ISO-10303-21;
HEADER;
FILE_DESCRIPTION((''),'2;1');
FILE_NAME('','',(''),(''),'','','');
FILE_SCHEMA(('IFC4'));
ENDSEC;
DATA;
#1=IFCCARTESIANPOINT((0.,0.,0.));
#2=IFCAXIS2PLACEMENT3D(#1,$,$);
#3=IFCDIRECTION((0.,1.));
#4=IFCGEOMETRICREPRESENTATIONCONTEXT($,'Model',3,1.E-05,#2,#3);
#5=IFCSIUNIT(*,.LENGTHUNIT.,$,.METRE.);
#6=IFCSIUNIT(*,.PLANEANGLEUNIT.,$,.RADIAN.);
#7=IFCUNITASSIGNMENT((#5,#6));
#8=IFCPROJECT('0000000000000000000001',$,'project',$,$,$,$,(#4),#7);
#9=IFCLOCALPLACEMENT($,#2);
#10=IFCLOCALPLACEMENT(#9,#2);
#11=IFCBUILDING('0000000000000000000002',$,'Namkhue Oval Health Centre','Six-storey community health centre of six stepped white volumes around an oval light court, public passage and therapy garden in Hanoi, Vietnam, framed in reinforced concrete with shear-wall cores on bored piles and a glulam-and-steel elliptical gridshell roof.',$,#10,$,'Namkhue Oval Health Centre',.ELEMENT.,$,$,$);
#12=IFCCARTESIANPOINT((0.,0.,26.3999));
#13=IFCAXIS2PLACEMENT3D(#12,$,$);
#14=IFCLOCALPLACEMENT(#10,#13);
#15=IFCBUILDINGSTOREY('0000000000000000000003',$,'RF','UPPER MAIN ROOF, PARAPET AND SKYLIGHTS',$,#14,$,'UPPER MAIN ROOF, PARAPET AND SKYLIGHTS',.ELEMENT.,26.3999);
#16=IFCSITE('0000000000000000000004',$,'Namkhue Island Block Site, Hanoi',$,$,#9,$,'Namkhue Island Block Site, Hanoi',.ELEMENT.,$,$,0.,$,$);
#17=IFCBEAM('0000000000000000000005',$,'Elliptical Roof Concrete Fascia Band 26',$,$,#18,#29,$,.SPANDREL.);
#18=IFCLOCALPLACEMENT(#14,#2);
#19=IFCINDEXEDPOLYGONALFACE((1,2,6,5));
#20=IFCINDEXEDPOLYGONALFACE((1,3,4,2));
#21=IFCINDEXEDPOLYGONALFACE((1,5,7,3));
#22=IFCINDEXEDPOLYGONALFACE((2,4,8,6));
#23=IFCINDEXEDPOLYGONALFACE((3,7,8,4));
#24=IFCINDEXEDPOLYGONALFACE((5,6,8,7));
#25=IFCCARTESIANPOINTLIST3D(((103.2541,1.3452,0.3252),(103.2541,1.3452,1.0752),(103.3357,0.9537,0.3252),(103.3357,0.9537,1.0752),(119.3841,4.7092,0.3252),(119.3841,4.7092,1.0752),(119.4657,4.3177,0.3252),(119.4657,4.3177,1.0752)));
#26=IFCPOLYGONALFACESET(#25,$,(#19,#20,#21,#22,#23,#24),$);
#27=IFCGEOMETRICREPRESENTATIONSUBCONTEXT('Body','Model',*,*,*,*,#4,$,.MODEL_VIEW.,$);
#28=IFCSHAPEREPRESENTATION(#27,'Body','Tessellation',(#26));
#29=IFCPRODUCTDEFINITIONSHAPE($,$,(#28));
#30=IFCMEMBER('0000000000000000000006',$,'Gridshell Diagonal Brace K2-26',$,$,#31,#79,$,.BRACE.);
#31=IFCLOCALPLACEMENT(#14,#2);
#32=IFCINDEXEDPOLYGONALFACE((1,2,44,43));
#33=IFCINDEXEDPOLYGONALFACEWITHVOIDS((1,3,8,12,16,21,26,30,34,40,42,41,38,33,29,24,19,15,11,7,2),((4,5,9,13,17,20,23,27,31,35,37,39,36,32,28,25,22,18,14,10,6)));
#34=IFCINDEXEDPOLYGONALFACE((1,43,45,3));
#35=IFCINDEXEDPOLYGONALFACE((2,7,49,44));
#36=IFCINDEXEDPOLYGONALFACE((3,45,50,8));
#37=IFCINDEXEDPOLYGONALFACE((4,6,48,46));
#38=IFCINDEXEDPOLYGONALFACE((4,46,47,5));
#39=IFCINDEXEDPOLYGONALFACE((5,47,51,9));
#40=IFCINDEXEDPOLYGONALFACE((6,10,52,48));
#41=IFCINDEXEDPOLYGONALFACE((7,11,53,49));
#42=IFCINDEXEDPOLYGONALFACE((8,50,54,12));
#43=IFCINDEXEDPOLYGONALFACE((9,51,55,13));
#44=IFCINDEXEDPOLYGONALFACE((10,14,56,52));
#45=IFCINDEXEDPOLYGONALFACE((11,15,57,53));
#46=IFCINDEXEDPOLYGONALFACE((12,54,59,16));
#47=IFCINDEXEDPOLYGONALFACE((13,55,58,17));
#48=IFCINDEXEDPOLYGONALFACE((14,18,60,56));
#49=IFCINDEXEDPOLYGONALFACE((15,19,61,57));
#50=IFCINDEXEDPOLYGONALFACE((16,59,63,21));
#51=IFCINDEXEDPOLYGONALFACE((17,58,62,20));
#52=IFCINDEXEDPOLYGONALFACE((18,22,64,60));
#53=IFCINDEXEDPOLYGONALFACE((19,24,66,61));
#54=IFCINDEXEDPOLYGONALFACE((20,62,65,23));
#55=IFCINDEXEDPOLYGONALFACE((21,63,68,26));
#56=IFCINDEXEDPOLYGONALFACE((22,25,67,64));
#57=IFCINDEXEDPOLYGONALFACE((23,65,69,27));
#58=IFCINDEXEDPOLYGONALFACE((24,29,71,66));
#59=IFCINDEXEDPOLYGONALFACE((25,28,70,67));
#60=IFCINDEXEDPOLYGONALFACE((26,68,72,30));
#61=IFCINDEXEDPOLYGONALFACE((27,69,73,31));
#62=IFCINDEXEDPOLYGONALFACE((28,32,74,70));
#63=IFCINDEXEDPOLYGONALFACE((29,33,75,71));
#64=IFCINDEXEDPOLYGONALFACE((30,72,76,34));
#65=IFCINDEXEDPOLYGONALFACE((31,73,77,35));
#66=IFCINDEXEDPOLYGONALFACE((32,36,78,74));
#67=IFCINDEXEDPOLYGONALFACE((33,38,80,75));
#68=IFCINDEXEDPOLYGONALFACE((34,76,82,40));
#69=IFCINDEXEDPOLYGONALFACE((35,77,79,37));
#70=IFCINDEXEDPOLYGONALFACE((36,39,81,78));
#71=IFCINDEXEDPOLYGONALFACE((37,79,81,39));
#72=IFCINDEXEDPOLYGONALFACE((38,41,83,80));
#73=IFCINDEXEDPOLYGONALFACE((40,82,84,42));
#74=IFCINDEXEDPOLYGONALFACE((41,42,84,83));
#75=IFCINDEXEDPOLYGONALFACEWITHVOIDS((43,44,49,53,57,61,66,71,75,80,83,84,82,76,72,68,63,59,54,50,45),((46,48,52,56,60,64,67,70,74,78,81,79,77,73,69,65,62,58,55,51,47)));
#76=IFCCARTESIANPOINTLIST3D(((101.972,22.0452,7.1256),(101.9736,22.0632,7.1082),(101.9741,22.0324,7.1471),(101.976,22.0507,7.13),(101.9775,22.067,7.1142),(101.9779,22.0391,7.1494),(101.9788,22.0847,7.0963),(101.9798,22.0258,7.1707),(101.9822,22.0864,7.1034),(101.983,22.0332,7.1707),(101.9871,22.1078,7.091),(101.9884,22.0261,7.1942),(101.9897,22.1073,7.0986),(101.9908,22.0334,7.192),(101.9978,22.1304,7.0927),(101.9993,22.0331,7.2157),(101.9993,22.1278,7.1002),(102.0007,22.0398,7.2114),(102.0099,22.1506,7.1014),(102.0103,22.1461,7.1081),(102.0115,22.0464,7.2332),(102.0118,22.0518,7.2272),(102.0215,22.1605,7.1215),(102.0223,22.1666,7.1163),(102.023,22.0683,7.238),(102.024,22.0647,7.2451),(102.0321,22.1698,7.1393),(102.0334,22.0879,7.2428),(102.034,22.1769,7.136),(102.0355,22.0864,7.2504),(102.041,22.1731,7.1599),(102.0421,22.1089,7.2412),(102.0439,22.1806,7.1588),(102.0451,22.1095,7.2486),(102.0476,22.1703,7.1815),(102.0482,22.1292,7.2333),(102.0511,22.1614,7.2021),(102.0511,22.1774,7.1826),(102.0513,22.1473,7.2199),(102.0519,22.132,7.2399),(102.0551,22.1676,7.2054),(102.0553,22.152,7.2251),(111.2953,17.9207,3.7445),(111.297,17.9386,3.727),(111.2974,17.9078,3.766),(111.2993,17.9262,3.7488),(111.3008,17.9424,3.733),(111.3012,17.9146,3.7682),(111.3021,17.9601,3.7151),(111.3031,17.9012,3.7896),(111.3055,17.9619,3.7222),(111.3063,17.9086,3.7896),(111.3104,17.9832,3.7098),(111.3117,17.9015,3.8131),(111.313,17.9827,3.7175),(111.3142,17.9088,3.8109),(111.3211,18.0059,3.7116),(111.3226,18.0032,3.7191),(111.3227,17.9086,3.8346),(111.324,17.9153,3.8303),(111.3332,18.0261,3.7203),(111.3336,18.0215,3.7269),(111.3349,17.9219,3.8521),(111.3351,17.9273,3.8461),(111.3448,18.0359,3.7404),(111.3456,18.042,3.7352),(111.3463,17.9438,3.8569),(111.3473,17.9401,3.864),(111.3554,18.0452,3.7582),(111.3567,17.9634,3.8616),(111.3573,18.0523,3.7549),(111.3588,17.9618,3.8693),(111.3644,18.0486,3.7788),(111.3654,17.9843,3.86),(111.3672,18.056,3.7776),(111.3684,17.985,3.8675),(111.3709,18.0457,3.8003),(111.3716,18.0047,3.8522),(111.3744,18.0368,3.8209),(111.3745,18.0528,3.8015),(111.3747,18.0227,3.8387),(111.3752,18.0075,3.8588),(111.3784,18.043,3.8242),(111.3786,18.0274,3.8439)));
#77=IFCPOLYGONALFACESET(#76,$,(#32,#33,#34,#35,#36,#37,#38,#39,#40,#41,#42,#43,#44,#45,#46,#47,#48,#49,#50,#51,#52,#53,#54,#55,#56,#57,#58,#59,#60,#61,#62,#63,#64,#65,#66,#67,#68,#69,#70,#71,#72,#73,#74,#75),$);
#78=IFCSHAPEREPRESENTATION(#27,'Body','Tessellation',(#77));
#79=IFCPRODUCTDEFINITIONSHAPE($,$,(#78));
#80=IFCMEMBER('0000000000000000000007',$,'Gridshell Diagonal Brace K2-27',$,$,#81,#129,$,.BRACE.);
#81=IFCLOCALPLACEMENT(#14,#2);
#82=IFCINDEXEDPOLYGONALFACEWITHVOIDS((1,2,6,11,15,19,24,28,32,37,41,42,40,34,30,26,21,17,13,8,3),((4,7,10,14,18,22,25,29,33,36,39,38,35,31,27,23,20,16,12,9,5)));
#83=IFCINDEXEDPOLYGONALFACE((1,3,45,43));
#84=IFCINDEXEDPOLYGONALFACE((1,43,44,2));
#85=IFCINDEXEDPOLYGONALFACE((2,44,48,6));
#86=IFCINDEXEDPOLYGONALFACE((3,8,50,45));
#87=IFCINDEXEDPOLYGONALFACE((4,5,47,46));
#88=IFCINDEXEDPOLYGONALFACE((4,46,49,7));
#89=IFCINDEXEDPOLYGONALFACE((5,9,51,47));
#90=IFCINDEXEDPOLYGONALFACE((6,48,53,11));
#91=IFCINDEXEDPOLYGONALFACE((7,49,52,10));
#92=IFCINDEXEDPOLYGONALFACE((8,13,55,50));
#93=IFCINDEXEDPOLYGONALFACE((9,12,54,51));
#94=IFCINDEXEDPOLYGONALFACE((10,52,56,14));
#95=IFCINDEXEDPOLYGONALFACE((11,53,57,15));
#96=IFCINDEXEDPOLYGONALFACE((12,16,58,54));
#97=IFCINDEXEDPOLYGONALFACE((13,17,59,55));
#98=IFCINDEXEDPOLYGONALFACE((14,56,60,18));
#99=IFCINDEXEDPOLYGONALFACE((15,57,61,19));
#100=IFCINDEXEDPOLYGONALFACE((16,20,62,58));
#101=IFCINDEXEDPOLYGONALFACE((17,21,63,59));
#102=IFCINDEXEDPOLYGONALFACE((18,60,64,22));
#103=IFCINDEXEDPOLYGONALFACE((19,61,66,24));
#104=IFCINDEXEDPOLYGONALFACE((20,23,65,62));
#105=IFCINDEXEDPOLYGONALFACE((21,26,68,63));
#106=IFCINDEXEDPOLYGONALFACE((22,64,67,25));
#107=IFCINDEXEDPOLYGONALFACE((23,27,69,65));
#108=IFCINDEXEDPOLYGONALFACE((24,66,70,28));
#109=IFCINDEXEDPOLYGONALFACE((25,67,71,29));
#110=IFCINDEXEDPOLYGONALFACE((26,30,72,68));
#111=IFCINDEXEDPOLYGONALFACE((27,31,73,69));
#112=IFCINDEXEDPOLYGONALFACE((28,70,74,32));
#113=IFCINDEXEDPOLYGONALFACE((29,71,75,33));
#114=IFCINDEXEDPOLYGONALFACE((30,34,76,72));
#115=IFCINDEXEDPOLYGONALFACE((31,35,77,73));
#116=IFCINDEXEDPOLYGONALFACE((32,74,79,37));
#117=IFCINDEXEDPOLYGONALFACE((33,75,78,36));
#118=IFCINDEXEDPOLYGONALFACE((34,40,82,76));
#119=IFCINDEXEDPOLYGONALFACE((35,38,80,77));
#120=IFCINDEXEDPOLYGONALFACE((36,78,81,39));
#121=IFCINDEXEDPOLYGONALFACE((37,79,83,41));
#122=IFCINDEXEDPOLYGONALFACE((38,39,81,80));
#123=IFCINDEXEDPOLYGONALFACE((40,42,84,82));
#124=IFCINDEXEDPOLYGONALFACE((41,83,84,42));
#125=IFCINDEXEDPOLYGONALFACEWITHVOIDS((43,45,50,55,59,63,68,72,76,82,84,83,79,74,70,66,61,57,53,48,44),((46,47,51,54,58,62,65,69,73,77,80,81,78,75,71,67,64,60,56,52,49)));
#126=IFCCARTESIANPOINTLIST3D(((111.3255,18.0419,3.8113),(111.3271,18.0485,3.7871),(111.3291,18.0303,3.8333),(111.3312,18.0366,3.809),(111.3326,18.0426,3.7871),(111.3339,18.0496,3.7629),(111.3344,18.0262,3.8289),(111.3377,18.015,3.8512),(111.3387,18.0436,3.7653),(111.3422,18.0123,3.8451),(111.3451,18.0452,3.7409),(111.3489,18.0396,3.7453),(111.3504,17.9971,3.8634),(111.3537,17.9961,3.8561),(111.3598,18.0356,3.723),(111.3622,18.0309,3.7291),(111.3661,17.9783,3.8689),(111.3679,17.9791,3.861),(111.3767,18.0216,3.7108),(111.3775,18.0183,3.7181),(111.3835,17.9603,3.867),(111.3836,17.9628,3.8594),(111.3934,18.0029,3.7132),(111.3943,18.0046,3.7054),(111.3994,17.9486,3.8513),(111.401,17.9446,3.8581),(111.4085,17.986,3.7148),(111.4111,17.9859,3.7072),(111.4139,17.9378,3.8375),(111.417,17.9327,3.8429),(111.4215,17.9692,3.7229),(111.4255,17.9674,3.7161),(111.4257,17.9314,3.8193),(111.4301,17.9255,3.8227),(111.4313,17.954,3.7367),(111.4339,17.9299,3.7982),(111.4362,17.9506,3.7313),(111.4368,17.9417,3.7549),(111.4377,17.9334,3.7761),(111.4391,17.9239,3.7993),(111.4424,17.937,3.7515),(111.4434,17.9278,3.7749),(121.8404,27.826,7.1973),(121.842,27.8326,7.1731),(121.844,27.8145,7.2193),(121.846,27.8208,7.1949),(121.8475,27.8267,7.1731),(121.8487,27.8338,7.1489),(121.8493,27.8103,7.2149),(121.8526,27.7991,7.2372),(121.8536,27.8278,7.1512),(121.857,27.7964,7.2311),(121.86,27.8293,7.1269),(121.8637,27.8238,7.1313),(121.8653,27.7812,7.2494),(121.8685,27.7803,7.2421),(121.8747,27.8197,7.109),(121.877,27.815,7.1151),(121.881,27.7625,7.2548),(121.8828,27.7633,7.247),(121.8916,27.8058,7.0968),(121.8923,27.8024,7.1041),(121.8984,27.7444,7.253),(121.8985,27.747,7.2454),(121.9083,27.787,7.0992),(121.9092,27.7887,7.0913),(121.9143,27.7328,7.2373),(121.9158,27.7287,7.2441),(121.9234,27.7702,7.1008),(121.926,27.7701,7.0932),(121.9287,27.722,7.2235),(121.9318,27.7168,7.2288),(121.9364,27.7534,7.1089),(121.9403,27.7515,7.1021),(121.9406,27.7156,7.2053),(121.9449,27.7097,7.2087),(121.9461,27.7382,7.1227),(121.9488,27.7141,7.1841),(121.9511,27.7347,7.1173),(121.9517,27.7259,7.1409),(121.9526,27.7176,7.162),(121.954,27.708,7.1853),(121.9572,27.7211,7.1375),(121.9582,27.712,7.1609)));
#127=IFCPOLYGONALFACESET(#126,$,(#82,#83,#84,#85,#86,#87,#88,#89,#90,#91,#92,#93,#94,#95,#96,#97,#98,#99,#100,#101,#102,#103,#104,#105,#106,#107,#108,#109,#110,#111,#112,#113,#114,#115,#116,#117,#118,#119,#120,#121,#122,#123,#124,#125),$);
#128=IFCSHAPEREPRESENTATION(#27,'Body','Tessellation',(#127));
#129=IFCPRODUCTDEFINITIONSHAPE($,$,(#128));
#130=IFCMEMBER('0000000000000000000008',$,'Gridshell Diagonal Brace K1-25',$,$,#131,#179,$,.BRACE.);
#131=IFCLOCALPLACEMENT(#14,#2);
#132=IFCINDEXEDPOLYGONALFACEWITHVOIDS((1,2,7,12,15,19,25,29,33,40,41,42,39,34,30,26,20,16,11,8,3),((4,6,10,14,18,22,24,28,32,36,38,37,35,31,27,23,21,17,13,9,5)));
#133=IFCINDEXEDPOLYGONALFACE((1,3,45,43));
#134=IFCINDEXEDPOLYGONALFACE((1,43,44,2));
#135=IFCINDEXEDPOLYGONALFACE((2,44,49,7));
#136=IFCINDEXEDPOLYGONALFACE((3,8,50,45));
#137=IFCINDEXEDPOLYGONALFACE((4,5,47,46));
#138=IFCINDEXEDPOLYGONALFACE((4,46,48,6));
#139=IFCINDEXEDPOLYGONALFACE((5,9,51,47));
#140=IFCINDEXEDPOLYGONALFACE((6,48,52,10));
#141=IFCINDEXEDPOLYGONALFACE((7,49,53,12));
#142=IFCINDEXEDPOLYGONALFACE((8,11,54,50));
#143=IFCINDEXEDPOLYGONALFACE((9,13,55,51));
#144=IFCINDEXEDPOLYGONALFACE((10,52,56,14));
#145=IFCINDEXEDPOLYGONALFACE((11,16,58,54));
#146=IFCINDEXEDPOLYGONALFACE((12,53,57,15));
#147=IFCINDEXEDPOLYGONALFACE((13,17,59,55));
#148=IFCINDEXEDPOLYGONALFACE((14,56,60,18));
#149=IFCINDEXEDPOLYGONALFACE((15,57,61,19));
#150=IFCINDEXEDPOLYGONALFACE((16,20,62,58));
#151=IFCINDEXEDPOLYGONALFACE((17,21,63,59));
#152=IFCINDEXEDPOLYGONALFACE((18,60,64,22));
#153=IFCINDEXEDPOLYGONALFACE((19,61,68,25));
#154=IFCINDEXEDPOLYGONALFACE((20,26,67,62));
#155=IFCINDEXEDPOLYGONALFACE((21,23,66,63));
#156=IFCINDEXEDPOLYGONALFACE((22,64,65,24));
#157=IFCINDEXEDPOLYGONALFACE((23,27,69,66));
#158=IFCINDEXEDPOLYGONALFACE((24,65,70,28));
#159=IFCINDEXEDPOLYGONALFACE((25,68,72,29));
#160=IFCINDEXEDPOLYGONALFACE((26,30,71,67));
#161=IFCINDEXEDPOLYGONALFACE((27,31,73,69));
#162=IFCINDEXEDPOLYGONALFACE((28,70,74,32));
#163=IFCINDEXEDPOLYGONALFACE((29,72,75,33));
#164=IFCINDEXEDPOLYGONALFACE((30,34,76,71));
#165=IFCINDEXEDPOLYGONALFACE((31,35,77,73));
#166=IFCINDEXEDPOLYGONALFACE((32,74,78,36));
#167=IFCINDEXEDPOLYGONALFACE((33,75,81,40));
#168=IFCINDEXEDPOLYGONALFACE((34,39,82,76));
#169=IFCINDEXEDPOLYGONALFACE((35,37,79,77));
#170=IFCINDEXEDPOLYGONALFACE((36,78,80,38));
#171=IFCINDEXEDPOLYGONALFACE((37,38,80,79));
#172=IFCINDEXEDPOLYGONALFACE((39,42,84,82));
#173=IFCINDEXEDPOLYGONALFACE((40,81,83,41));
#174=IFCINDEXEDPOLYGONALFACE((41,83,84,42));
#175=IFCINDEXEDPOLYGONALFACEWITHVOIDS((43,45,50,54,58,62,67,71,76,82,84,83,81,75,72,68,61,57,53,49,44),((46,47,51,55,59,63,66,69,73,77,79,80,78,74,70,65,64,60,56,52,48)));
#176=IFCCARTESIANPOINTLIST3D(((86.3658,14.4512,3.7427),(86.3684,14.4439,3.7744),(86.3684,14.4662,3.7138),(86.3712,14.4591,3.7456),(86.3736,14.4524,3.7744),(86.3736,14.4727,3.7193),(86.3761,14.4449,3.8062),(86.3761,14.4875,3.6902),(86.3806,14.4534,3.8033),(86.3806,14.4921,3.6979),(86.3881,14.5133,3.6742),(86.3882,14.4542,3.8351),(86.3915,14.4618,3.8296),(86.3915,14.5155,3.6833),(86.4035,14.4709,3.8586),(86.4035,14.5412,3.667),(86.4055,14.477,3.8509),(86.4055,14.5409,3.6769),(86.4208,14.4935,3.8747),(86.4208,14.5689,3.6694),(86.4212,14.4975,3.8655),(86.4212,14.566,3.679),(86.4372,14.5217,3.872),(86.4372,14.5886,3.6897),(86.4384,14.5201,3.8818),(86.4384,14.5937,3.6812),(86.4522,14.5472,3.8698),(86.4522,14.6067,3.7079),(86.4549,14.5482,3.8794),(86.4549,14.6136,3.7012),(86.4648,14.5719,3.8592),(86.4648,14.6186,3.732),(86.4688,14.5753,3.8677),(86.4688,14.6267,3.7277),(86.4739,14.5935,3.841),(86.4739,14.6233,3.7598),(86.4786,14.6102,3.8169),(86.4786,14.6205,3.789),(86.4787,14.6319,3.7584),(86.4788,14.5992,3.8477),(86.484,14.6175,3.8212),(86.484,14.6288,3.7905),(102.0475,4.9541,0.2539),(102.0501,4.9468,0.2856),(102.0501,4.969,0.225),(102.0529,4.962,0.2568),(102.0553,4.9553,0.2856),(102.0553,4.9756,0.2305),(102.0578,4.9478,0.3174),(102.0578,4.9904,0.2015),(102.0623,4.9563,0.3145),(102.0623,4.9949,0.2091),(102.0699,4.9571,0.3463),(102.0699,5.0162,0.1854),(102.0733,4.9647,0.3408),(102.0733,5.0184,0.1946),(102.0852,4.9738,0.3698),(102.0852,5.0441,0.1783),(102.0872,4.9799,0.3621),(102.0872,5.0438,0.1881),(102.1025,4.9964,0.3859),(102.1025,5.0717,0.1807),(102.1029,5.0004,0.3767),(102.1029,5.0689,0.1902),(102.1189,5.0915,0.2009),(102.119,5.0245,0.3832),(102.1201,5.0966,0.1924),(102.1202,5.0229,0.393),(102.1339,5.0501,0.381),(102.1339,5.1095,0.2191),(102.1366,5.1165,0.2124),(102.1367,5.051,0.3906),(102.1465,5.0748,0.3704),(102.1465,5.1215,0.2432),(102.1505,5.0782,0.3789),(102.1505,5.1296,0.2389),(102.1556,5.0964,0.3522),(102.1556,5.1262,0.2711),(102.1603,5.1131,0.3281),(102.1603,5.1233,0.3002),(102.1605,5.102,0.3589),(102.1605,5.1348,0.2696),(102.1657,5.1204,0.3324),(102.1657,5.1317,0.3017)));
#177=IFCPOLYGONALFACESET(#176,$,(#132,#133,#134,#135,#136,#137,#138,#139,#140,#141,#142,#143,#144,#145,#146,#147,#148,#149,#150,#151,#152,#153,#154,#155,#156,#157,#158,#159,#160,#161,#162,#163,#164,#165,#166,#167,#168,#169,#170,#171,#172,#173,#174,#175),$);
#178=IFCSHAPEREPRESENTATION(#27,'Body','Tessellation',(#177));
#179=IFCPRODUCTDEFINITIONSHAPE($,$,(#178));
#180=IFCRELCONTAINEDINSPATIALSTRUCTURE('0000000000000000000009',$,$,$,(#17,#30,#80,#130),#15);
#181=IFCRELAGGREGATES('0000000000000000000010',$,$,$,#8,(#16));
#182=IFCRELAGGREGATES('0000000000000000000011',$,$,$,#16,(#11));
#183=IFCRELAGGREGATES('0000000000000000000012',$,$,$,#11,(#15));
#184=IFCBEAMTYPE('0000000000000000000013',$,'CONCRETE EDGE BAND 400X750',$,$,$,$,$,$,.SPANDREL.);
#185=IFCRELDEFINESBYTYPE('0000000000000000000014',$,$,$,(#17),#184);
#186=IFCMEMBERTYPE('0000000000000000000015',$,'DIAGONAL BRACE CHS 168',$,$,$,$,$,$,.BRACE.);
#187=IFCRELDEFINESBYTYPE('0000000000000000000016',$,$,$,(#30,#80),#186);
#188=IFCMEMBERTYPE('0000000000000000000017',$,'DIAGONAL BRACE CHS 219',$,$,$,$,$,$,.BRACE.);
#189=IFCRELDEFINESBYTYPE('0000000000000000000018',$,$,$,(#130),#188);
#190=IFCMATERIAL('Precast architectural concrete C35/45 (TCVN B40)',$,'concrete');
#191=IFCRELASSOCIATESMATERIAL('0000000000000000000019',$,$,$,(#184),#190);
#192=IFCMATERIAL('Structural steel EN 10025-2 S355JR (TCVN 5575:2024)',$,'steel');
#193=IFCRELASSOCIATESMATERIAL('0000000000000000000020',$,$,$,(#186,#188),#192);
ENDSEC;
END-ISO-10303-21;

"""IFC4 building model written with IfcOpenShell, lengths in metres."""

from ifc_helpers import new_model, si_unit, direction, frame, origin, origin_2d, place, context, subcontext, project, spatial, rectangle, hollow_circle, extrude, material, material_profile, profile_set, type_object, element, save


model = new_model("IFC4")

# Units and contexts
model_context = context("Model", 3, precision=1e-05, world=origin(), true_north=direction((0.0, 1.0)))
body_context = subcontext(model_context, "Body", "Model", "MODEL_VIEW")
ifc_project = project(units=[si_unit("LENGTHUNIT", "METRE"), si_unit("PLANEANGLEUNIT", "RADIAN")], contexts=[model_context])

# Site, building, storey
site_placement = place(None, origin())
site = spatial("IfcSite", under=ifc_project, at=site_placement, Name="Namkhue Island Block Site, Hanoi", LongName="Namkhue Island Block Site, Hanoi", CompositionType="ELEMENT", RefElevation=0.0)
building_placement = place(site_placement, origin())
building = spatial("IfcBuilding", under=site, at=building_placement, Name="Namkhue Oval Health Centre", Description="Six-storey community health centre of six stepped white volumes around an oval light court, public passage and therapy garden in Hanoi, Vietnam, framed in reinforced concrete with shear-wall cores on bored piles and a glulam-and-steel elliptical gridshell roof.", LongName="Namkhue Oval Health Centre", CompositionType="ELEMENT")
storey_placement = place(building_placement, frame((0.0, 0.0, 26.3999)))
storey = spatial("IfcBuildingStorey", under=building, at=storey_placement, Name="RF", Description="UPPER MAIN ROOF, PARAPET AND SKYLIGHTS", LongName="UPPER MAIN ROOF, PARAPET AND SKYLIGHTS", CompositionType="ELEMENT", Elevation=26.3999)

# Beam
ifc_material_1 = material(Name="Precast architectural concrete C35/45 (TCVN B40)", Category="concrete")
ifc_material_profile_1 = material_profile(ifc_material_1, rectangle(XDim=0.3999, YDim=0.75, at=origin_2d()), Name="RC 400x750")
ifc_profile_set_1 = profile_set([ifc_material_profile_1], Name="Precast architectural concrete C35/45 (TCVN B40)")
beam_type = type_object("IfcBeamType", Name="CONCRETE EDGE BAND 400X750", PredefinedType="SPANDREL", material=ifc_profile_set_1)
beam_placement = place(storey_placement, frame((103.2949, 1.1494, 0.7002), z_axis=(0.978937, 0.204165, 0.0), x_axis=(-0.204165, 0.978937, 0.0)))
element("IfcBeam", 1, at=beam_placement, inside=storey, type_object=beam_type, Name="Elliptical Roof Concrete Fascia Band 26", PredefinedType="SPANDREL", context=body_context, shape_type="SweptSolid", body=[
    extrude(rectangle(XDim=0.3999, YDim=0.75, at=origin_2d()), origin(), (0.0, 0.0, 1.0), 16.4771),
])

# Members
ifc_material_2 = material(Name="Structural steel EN 10025-2 S355JR (TCVN 5575:2024)", Category="steel")
ifc_material_profile_2 = material_profile(ifc_material_2, hollow_circle(Radius=0.0842, WallThickness=0.0081, at=origin_2d()), Name="CHS 168.3x8")
ifc_profile_set_2 = profile_set([ifc_material_profile_2], Name="Structural steel EN 10025-2 S355JR (TCVN 5575:2024)")
member_type_1 = type_object("IfcMemberType", Name="DIAGONAL BRACE CHS 168", PredefinedType="BRACE", material=ifc_profile_set_2)
member_1_placement = place(storey_placement, frame((111.3372, 17.9783, 3.7896), z_axis=(-0.868015, 0.384002, 0.314789), x_axis=(-0.404569, -0.914507, 0.0)))
element("IfcMember", 2, at=member_1_placement, inside=storey, type_object=member_type_1, Name="Gridshell Diagonal Brace K2-26", PredefinedType="BRACE", context=body_context, shape_type="SweptSolid", body=[
    extrude(hollow_circle(Radius=0.0842, WallThickness=0.0081, at=origin_2d()), origin(), (0.0, 0.0, 1.0), 10.741),
])
member_2_placement = place(storey_placement, frame((111.3845, 17.9868, 3.7871), z_axis=(0.712554, 0.663036, 0.229455), x_axis=(-0.681212, 0.732087, 0.0)))
element("IfcMember", 3, at=member_2_placement, inside=storey, type_object=member_type_1, Name="Gridshell Diagonal Brace K2-27", PredefinedType="BRACE", context=body_context, shape_type="SweptSolid", body=[
    extrude(hollow_circle(Radius=0.0842, WallThickness=0.0081, at=origin_2d()), origin(), (0.0, 0.0, 1.0), 14.7566),
])
ifc_material_profile_3 = material_profile(ifc_material_2, hollow_circle(Radius=0.1096, WallThickness=0.01, at=origin_2d()), Name="CHS 219.1x10")
ifc_profile_set_3 = profile_set([ifc_material_profile_3], Name="Structural steel EN 10025-2 S355JR (TCVN 5575:2024)")
member_type_2 = type_object("IfcMemberType", Name="DIAGONAL BRACE CHS 219", PredefinedType="BRACE", material=ifc_profile_set_3)
member_3_placement = place(storey_placement, frame((102.1069, 5.0405, 0.2856), z_axis=(-0.840287, 0.508892, 0.186943), x_axis=(-0.518024, -0.855366, 0.0)))
element("IfcMember", 4, at=member_3_placement, inside=storey, type_object=member_type_2, Name="Gridshell Diagonal Brace K1-25", PredefinedType="BRACE", context=body_context, shape_type="SweptSolid", body=[
    extrude(hollow_circle(Radius=0.1096, WallThickness=0.01, at=origin_2d()), origin(), (0.0, 0.0, 1.0), 18.6624),
])

save(model, "model.ifc")
